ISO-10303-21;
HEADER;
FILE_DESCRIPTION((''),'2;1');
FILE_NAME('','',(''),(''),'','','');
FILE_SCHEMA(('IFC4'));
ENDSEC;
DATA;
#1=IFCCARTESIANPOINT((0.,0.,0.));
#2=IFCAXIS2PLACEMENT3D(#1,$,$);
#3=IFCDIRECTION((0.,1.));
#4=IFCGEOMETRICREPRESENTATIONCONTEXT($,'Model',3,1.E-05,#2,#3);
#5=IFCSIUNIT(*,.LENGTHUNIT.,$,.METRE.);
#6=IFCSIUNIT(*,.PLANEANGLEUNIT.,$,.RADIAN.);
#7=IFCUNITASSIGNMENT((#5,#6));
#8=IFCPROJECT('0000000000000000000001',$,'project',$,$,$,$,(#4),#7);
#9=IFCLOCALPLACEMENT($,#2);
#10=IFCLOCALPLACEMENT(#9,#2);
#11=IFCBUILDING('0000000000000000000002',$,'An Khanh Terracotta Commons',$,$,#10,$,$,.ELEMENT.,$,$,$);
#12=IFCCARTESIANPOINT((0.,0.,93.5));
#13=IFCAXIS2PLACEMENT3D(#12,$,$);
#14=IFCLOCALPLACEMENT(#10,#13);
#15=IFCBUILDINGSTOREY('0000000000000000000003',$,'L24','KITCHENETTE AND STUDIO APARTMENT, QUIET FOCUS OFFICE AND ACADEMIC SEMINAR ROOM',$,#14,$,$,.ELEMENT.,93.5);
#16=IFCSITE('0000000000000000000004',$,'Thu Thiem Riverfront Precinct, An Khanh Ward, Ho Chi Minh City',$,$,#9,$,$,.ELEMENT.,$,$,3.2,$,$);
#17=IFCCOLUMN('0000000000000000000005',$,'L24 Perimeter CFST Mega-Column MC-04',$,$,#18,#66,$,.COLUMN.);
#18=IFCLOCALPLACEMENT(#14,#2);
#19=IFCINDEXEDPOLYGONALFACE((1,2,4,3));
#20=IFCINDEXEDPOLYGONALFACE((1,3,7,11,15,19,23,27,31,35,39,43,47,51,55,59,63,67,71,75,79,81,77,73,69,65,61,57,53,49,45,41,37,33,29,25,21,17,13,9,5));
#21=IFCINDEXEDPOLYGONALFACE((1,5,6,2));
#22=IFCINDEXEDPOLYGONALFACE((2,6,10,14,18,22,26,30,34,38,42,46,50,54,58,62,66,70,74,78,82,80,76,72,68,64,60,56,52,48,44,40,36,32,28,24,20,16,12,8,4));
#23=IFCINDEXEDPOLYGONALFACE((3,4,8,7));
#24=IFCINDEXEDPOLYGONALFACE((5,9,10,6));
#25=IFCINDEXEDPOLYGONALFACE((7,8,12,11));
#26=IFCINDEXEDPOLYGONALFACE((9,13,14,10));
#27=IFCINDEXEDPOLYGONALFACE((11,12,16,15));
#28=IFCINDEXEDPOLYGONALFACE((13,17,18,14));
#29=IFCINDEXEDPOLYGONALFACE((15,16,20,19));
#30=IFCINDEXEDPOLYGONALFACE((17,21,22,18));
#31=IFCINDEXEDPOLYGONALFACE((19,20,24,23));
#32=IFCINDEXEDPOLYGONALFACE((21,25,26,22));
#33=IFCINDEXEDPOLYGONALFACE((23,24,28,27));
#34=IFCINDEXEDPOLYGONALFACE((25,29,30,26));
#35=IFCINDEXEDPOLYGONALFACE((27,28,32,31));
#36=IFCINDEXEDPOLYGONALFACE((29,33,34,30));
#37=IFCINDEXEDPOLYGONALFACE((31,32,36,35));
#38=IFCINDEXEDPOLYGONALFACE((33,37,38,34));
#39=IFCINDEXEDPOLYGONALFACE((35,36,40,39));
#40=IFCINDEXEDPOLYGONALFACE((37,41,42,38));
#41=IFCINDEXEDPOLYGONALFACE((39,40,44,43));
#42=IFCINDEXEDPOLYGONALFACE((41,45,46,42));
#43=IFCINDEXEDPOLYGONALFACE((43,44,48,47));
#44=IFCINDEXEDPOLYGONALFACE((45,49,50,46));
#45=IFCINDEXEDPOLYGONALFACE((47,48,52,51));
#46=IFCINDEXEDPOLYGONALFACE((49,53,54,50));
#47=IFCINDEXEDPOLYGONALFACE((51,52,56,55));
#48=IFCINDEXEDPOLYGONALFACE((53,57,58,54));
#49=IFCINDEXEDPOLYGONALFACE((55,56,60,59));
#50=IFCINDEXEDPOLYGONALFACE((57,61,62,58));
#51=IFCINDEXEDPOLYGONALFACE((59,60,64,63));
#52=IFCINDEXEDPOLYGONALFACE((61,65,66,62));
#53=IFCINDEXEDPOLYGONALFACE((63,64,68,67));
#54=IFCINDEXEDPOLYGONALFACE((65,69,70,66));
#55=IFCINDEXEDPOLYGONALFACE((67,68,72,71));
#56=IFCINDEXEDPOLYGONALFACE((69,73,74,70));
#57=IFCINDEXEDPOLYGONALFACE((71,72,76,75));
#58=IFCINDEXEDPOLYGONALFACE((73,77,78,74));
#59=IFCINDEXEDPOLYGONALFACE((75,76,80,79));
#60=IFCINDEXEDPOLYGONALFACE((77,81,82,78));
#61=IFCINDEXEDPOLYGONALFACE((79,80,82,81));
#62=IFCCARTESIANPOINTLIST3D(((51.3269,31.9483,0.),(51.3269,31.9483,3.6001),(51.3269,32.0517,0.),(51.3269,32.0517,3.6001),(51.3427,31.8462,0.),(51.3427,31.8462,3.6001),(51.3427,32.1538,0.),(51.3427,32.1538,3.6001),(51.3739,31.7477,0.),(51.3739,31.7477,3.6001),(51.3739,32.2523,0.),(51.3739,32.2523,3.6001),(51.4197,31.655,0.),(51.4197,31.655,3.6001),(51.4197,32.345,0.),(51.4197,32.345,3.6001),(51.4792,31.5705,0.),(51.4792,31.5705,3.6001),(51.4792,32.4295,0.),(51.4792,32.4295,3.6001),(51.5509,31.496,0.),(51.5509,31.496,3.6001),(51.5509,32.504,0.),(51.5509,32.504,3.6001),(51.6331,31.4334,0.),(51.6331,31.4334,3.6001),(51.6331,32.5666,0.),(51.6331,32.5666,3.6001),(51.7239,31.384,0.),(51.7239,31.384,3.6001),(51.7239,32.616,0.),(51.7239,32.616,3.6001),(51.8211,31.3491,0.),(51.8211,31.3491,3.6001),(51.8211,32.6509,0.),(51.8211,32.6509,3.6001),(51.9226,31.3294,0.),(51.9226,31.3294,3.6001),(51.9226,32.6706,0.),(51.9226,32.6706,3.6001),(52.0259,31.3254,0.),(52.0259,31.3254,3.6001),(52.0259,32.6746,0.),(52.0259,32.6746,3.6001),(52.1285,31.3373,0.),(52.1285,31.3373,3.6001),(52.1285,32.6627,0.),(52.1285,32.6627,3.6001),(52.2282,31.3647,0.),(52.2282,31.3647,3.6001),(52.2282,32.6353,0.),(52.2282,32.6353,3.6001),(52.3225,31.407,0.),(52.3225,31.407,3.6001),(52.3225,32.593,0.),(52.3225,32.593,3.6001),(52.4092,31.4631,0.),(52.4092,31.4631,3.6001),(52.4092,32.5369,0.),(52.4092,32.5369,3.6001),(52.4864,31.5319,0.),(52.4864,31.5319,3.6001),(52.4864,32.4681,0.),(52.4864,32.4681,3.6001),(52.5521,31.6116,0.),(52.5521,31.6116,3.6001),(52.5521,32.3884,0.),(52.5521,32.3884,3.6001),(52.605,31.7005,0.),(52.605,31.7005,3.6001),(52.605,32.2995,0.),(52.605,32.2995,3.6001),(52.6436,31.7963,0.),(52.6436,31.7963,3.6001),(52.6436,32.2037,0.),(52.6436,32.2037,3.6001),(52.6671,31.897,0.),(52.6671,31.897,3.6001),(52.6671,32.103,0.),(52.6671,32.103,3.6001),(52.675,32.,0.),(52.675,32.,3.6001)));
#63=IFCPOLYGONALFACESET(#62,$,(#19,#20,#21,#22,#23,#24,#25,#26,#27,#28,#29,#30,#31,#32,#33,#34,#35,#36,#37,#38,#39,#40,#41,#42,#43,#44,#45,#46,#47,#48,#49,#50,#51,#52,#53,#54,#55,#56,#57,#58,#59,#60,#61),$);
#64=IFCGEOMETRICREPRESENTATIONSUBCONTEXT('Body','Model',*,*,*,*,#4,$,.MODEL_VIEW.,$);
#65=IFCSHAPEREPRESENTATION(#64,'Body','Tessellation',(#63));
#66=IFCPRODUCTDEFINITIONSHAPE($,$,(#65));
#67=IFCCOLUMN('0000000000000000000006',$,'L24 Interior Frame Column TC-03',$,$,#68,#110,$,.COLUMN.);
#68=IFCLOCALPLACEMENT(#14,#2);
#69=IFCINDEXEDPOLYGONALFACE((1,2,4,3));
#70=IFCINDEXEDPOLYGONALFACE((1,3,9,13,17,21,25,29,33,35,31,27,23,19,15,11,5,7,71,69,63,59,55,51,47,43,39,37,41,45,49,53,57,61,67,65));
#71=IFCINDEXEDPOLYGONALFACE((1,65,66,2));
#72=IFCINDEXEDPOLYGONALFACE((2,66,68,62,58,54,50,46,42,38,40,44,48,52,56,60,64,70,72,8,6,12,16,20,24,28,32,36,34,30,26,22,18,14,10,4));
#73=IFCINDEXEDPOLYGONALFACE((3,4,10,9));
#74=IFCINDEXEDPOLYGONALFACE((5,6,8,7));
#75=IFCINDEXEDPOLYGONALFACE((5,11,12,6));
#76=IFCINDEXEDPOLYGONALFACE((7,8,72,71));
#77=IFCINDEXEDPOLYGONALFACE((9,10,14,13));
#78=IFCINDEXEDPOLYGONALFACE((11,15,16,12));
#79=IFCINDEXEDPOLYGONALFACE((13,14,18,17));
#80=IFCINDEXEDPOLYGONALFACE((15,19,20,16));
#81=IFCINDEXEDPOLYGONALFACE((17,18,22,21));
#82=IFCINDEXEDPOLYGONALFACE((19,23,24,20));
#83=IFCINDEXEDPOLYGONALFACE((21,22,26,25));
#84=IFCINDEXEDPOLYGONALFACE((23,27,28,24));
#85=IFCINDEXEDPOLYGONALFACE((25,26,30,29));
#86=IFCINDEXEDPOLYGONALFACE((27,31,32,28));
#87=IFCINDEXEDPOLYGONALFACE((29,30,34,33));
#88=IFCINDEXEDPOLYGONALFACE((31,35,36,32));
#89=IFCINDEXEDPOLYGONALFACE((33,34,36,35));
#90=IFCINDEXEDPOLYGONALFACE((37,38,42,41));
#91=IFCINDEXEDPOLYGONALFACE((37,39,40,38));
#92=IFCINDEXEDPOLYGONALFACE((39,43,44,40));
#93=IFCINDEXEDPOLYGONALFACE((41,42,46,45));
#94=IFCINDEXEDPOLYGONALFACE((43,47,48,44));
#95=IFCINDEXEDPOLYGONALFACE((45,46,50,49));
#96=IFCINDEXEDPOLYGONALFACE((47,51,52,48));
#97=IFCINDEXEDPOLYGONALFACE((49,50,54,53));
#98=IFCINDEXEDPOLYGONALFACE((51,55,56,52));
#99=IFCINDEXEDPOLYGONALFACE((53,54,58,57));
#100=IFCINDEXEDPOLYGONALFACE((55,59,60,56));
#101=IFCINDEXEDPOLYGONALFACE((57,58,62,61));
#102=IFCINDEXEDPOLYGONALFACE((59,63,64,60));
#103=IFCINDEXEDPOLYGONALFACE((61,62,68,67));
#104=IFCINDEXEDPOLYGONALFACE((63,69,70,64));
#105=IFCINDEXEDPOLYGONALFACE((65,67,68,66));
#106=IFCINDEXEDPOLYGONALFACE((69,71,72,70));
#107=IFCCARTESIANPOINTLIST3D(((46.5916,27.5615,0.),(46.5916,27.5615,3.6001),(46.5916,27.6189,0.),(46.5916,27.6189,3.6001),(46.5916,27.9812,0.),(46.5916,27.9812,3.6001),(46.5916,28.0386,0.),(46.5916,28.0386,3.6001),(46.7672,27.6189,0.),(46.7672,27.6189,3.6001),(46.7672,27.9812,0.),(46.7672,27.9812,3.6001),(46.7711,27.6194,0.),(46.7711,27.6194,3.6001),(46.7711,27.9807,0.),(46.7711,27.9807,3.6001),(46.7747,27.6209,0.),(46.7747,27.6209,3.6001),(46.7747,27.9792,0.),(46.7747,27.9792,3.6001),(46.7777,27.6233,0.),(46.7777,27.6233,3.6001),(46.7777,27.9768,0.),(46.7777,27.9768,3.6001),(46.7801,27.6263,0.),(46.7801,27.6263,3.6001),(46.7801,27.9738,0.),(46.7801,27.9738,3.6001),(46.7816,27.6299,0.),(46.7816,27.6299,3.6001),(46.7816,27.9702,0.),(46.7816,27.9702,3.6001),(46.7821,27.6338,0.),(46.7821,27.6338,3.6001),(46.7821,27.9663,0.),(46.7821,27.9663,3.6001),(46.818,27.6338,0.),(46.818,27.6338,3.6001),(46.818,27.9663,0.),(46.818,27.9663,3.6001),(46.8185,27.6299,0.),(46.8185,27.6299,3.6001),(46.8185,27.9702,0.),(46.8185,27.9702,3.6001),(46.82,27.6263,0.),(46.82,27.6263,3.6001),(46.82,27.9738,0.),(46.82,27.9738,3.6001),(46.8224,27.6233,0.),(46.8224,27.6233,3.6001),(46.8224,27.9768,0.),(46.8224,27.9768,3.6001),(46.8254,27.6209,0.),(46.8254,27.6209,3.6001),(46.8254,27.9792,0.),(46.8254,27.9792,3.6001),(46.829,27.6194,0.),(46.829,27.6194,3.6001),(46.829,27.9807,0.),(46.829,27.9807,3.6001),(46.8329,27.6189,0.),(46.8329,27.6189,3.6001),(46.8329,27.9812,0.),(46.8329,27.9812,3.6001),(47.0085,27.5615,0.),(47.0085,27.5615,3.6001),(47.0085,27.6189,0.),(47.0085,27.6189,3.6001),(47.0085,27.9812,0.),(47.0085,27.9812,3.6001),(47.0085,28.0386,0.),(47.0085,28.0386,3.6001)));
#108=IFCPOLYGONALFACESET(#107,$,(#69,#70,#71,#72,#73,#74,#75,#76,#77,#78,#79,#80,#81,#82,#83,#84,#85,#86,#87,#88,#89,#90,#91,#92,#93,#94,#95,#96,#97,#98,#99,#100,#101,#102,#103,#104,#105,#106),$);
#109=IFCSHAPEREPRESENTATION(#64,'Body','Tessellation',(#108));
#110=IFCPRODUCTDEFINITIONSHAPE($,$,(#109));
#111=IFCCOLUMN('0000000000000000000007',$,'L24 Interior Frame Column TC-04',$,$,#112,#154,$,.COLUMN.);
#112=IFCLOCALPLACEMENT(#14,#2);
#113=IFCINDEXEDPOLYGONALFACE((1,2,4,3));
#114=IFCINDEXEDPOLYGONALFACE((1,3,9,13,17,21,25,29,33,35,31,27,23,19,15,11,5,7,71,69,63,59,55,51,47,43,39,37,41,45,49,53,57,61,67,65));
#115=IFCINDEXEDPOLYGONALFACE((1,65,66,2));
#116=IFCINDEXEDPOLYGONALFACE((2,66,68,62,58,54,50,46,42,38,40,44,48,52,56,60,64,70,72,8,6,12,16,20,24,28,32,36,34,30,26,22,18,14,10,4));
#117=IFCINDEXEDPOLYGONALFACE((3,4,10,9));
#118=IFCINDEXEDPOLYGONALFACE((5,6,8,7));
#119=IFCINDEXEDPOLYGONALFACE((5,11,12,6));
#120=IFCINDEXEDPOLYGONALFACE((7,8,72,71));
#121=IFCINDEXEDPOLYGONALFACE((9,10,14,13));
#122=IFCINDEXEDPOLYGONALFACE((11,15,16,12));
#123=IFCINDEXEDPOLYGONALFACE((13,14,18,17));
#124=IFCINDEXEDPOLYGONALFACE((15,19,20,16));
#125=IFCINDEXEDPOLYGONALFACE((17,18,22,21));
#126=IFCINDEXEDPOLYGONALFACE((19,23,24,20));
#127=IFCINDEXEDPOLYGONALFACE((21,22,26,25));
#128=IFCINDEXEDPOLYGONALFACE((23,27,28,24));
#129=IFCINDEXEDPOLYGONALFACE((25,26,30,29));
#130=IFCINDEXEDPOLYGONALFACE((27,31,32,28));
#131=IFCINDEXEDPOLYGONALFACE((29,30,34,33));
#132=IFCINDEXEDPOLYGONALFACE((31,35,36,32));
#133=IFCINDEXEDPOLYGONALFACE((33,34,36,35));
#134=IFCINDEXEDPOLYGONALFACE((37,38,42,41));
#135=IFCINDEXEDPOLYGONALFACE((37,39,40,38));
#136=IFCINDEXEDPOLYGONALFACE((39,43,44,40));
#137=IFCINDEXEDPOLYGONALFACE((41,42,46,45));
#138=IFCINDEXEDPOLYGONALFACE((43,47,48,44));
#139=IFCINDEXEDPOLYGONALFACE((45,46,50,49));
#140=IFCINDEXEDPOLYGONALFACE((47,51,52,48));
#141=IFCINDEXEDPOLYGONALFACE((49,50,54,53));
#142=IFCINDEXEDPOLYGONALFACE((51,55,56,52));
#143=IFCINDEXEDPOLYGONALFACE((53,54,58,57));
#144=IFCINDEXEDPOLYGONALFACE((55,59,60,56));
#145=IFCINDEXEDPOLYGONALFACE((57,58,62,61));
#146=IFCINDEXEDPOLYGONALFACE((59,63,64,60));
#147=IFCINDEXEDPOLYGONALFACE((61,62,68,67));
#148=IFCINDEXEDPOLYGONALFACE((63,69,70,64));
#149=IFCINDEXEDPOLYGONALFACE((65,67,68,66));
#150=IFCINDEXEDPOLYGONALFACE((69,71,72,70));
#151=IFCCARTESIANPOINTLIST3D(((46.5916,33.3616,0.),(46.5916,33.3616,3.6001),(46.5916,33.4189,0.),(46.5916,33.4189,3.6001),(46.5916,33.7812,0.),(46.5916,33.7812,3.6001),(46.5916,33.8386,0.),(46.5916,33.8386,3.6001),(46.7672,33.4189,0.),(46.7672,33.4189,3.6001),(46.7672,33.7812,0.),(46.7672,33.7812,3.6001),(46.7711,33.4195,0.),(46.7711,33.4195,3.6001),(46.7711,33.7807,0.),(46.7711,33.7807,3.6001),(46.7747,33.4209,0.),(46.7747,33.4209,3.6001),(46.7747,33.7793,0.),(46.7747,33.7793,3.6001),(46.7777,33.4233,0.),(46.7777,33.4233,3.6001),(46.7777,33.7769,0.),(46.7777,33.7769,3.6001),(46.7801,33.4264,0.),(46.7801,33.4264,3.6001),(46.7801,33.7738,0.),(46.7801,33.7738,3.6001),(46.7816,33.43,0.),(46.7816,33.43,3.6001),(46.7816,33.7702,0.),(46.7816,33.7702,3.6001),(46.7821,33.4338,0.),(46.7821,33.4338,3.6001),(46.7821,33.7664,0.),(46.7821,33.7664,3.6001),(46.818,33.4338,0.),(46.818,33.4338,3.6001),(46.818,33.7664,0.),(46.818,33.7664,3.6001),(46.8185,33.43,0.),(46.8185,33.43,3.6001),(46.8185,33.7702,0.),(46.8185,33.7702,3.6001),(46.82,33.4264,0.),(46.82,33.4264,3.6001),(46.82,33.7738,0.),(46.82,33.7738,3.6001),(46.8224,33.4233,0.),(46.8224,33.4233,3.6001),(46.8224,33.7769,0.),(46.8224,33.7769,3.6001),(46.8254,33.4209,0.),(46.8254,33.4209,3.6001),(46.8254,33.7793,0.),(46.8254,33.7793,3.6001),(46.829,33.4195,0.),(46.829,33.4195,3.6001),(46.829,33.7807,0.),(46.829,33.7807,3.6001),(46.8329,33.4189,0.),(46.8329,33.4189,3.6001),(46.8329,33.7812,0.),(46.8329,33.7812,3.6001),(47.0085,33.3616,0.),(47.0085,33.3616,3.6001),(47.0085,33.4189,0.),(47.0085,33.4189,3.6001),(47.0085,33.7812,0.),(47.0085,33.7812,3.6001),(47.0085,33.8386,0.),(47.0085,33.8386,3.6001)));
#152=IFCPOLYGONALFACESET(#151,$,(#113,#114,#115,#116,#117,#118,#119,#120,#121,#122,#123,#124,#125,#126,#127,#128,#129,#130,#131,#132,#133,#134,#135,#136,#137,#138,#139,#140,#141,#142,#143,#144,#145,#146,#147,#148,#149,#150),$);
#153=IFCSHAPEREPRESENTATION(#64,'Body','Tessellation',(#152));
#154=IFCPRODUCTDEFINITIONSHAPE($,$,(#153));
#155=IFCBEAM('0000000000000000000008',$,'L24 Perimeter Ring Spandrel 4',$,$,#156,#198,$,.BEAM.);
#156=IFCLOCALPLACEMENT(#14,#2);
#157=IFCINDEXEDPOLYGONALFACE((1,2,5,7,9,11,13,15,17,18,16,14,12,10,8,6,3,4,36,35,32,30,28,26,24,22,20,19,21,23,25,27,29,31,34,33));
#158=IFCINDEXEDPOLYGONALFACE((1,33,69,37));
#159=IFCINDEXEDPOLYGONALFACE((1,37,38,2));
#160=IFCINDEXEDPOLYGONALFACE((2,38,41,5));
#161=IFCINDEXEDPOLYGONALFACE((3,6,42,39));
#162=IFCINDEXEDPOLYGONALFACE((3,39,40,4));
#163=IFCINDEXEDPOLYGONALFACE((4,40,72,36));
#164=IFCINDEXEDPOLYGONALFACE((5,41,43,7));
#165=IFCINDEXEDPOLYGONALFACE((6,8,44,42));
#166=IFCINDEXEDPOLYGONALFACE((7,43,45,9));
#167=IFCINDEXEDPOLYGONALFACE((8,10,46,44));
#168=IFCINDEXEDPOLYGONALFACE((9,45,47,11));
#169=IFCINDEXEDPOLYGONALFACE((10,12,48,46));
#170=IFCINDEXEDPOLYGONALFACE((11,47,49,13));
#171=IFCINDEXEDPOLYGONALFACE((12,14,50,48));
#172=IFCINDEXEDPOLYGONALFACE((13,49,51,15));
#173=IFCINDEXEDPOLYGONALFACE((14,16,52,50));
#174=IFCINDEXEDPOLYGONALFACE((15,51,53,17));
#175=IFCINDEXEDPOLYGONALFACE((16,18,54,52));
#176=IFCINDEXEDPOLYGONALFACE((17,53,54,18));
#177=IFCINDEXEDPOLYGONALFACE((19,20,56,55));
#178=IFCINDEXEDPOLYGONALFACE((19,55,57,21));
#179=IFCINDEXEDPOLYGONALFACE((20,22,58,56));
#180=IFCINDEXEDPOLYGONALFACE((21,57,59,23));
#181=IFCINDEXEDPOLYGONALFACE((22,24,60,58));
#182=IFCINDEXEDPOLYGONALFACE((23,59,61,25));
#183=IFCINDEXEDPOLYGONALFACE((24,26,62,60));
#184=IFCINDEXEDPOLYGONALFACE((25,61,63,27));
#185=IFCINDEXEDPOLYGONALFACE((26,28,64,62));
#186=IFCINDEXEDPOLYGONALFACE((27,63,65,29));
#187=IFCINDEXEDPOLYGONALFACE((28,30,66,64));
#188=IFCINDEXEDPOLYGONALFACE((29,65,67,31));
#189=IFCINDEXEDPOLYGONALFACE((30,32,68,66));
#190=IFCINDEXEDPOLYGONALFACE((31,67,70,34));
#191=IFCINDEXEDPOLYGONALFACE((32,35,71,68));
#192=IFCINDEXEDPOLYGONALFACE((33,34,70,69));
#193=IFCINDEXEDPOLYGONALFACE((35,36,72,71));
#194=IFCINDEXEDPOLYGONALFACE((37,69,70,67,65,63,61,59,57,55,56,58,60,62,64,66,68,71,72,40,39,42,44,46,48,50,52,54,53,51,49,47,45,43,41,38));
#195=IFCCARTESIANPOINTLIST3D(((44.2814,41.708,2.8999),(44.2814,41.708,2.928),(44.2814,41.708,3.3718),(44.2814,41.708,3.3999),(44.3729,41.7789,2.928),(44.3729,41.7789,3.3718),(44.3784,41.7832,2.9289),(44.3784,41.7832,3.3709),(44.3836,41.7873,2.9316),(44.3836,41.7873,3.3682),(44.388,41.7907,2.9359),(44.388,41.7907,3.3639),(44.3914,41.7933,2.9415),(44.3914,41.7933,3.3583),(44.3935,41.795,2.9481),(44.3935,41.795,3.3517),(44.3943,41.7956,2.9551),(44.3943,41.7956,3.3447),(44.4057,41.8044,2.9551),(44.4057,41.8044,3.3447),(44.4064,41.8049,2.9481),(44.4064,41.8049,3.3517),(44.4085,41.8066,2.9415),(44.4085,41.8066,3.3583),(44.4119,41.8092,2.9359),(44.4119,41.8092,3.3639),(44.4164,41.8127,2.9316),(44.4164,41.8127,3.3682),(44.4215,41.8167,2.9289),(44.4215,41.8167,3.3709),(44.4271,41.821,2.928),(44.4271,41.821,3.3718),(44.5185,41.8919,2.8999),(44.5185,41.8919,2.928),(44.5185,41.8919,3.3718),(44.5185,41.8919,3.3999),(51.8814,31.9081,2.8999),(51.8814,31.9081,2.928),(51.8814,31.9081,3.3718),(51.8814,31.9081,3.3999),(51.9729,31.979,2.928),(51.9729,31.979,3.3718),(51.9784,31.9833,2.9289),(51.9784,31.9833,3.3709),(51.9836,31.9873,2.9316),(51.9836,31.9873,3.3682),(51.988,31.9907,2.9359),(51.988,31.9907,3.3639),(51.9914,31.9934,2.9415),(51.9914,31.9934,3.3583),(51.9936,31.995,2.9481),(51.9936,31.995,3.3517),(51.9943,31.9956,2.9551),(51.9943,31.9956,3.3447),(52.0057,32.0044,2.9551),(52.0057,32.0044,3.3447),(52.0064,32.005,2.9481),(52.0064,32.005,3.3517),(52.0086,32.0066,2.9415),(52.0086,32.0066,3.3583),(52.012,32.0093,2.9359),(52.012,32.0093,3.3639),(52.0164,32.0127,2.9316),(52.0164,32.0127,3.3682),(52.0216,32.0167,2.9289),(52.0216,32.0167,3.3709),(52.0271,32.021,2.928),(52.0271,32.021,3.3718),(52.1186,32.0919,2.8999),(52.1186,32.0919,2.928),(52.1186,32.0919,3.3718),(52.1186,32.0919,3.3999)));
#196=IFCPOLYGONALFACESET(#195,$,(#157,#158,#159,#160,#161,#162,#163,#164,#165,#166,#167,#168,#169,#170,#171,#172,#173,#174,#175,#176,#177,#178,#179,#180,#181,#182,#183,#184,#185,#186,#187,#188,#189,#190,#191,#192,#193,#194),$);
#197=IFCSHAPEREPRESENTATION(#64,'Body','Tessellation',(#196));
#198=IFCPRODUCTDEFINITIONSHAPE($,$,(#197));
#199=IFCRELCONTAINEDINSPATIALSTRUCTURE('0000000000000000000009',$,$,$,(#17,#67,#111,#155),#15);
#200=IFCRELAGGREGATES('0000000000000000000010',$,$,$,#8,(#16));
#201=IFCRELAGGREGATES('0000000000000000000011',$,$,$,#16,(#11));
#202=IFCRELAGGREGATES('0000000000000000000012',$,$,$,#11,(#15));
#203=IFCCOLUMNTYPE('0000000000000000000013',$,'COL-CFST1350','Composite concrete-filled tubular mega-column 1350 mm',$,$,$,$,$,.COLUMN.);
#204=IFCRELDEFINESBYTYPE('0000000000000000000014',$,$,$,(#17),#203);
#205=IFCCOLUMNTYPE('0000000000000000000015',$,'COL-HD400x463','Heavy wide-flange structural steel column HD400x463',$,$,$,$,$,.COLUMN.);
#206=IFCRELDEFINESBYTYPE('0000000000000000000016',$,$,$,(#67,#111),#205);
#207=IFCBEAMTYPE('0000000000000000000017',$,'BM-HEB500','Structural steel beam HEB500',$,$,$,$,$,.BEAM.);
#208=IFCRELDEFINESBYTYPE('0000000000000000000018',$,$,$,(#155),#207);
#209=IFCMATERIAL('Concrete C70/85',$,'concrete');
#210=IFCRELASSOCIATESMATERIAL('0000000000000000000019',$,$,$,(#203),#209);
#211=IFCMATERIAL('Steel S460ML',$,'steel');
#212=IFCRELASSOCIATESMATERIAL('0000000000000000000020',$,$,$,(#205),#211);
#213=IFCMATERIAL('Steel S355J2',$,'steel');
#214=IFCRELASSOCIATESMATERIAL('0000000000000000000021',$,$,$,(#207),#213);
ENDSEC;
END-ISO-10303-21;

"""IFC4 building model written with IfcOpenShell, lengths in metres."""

from ifc_helpers import new_model, si_unit, direction, frame, origin, origin_2d, place, context, subcontext, project, spatial, circle, i_section, extrude, material, material_profile, profile_set, type_object, element, save


model = new_model("IFC4")

# Units and contexts
model_context = context("Model", 3, precision=1e-05, world=origin(), true_north=direction((0.0, 1.0)))
body_context = subcontext(model_context, "Body", "Model", "MODEL_VIEW")
ifc_project = project(units=[si_unit("LENGTHUNIT", "METRE"), si_unit("PLANEANGLEUNIT", "RADIAN")], contexts=[model_context])

# Site, building, storey
site_placement = place(None, origin())
site = spatial("IfcSite", under=ifc_project, at=site_placement, Name="Thu Thiem Riverfront Precinct, An Khanh Ward, Ho Chi Minh City", CompositionType="ELEMENT", RefElevation=3.2)
building_placement = place(site_placement, origin())
building = spatial("IfcBuilding", under=site, at=building_placement, Name="An Khanh Terracotta Commons", CompositionType="ELEMENT")
storey_placement = place(building_placement, frame((0.0, 0.0, 93.5)))
storey = spatial("IfcBuildingStorey", under=building, at=storey_placement, Name="L24", Description="KITCHENETTE AND STUDIO APARTMENT, QUIET FOCUS OFFICE AND ACADEMIC SEMINAR ROOM", CompositionType="ELEMENT", Elevation=93.5)

# Columns
ifc_material_1 = material(Name="Concrete C70/85", Category="concrete")
ifc_material_profile_1 = material_profile(ifc_material_1, circle(Radius=0.675, at=origin_2d()), Name="CFST1350")
ifc_profile_set_1 = profile_set([ifc_material_profile_1], Name="Concrete C70/85")
column_type_1 = type_object("IfcColumnType", Name="COL-CFST1350", Description="Composite concrete-filled tubular mega-column 1350 mm", PredefinedType="COLUMN", material=ifc_profile_set_1)
column_placement = place(storey_placement, frame((52.0, 32.0, 0.0), z_axis=(0.0, 0.0, 1.0), x_axis=(1.0, 0.0, 0.0)))
element("IfcColumn", 1, at=column_placement, inside=storey, type_object=column_type_1, Name="L24 Perimeter CFST Mega-Column MC-04", PredefinedType="COLUMN", context=body_context, shape_type="SweptSolid", body=[
    extrude(circle(Radius=0.675, at=origin_2d()), origin(), (0.0, 0.0, 1.0), 3.6001),
])
ifc_material_2 = material(Name="Steel S460ML", Category="steel")
ifc_material_profile_2 = material_profile(ifc_material_2, i_section(OverallWidth=0.417, OverallDepth=0.4771, WebThickness=0.0359, FlangeThickness=0.0574, FilletRadius=0.0149, at=origin_2d()), Name="HD400x463")
ifc_profile_set_2 = profile_set([ifc_material_profile_2], Name="Steel S460ML")
column_type_2 = type_object("IfcColumnType", Name="COL-HD400x463", Description="Heavy wide-flange structural steel column HD400x463", PredefinedType="COLUMN", material=ifc_profile_set_2)
for number, where, z_axis, x_axis, name in (
    (2, (46.8, 27.8, 0.0), (0.0, 0.0, 1.0), (1.0, 0.0, 0.0), "L24 Interior Frame Column TC-03"),
    (3, (46.8, 33.6001, 0.0), (0.0, 0.0, 1.0), (1.0, 0.0, 0.0), "L24 Interior Frame Column TC-04"),
):
    element("IfcColumn", number, at=place(storey_placement, frame(where, z_axis=z_axis, x_axis=x_axis)), inside=storey, type_object=column_type_2, Name=name, PredefinedType="COLUMN", context=body_context, shape_type="SweptSolid", body=[
        extrude(i_section(OverallWidth=0.417, OverallDepth=0.4771, WebThickness=0.0359, FlangeThickness=0.0574, FilletRadius=0.0149, at=origin_2d()), origin(), (0.0, 0.0, 1.0), 3.6001),
    ])

# Beam
ifc_material_3 = material(Name="Steel S355J2", Category="steel")
ifc_material_profile_3 = material_profile(ifc_material_3, i_section(OverallWidth=0.3, OverallDepth=0.5, WebThickness=0.0144, FlangeThickness=0.0281, FilletRadius=0.0271, at=origin_2d()), Name="HEB500")
ifc_profile_set_3 = profile_set([ifc_material_profile_3], Name="Steel S355J2")
beam_type_1 = type_object("IfcBeamType", Name="BM-HEB500", Description="Structural steel beam HEB500", PredefinedType="BEAM", material=ifc_profile_set_3)
beam_1_placement = place(storey_placement, frame((52.0, 32.0, 3.1499), z_axis=(-0.612827, 0.790217, 0.0), x_axis=(-0.790217, -0.612827, 0.0)))
element("IfcBeam", 4, at=beam_1_placement, inside=storey, type_object=beam_type_1, Name="L24 Perimeter Ring Spandrel 4", PredefinedType="BEAM", context=body_context, shape_type="SweptSolid", body=[
    extrude(i_section(OverallWidth=0.3, OverallDepth=0.5, WebThickness=0.0144, FlangeThickness=0.0281, FilletRadius=0.0271, at=origin_2d()), origin(), (0.0, 0.0, 1.0), 12.4016),
])

save(model, "model.ifc")
